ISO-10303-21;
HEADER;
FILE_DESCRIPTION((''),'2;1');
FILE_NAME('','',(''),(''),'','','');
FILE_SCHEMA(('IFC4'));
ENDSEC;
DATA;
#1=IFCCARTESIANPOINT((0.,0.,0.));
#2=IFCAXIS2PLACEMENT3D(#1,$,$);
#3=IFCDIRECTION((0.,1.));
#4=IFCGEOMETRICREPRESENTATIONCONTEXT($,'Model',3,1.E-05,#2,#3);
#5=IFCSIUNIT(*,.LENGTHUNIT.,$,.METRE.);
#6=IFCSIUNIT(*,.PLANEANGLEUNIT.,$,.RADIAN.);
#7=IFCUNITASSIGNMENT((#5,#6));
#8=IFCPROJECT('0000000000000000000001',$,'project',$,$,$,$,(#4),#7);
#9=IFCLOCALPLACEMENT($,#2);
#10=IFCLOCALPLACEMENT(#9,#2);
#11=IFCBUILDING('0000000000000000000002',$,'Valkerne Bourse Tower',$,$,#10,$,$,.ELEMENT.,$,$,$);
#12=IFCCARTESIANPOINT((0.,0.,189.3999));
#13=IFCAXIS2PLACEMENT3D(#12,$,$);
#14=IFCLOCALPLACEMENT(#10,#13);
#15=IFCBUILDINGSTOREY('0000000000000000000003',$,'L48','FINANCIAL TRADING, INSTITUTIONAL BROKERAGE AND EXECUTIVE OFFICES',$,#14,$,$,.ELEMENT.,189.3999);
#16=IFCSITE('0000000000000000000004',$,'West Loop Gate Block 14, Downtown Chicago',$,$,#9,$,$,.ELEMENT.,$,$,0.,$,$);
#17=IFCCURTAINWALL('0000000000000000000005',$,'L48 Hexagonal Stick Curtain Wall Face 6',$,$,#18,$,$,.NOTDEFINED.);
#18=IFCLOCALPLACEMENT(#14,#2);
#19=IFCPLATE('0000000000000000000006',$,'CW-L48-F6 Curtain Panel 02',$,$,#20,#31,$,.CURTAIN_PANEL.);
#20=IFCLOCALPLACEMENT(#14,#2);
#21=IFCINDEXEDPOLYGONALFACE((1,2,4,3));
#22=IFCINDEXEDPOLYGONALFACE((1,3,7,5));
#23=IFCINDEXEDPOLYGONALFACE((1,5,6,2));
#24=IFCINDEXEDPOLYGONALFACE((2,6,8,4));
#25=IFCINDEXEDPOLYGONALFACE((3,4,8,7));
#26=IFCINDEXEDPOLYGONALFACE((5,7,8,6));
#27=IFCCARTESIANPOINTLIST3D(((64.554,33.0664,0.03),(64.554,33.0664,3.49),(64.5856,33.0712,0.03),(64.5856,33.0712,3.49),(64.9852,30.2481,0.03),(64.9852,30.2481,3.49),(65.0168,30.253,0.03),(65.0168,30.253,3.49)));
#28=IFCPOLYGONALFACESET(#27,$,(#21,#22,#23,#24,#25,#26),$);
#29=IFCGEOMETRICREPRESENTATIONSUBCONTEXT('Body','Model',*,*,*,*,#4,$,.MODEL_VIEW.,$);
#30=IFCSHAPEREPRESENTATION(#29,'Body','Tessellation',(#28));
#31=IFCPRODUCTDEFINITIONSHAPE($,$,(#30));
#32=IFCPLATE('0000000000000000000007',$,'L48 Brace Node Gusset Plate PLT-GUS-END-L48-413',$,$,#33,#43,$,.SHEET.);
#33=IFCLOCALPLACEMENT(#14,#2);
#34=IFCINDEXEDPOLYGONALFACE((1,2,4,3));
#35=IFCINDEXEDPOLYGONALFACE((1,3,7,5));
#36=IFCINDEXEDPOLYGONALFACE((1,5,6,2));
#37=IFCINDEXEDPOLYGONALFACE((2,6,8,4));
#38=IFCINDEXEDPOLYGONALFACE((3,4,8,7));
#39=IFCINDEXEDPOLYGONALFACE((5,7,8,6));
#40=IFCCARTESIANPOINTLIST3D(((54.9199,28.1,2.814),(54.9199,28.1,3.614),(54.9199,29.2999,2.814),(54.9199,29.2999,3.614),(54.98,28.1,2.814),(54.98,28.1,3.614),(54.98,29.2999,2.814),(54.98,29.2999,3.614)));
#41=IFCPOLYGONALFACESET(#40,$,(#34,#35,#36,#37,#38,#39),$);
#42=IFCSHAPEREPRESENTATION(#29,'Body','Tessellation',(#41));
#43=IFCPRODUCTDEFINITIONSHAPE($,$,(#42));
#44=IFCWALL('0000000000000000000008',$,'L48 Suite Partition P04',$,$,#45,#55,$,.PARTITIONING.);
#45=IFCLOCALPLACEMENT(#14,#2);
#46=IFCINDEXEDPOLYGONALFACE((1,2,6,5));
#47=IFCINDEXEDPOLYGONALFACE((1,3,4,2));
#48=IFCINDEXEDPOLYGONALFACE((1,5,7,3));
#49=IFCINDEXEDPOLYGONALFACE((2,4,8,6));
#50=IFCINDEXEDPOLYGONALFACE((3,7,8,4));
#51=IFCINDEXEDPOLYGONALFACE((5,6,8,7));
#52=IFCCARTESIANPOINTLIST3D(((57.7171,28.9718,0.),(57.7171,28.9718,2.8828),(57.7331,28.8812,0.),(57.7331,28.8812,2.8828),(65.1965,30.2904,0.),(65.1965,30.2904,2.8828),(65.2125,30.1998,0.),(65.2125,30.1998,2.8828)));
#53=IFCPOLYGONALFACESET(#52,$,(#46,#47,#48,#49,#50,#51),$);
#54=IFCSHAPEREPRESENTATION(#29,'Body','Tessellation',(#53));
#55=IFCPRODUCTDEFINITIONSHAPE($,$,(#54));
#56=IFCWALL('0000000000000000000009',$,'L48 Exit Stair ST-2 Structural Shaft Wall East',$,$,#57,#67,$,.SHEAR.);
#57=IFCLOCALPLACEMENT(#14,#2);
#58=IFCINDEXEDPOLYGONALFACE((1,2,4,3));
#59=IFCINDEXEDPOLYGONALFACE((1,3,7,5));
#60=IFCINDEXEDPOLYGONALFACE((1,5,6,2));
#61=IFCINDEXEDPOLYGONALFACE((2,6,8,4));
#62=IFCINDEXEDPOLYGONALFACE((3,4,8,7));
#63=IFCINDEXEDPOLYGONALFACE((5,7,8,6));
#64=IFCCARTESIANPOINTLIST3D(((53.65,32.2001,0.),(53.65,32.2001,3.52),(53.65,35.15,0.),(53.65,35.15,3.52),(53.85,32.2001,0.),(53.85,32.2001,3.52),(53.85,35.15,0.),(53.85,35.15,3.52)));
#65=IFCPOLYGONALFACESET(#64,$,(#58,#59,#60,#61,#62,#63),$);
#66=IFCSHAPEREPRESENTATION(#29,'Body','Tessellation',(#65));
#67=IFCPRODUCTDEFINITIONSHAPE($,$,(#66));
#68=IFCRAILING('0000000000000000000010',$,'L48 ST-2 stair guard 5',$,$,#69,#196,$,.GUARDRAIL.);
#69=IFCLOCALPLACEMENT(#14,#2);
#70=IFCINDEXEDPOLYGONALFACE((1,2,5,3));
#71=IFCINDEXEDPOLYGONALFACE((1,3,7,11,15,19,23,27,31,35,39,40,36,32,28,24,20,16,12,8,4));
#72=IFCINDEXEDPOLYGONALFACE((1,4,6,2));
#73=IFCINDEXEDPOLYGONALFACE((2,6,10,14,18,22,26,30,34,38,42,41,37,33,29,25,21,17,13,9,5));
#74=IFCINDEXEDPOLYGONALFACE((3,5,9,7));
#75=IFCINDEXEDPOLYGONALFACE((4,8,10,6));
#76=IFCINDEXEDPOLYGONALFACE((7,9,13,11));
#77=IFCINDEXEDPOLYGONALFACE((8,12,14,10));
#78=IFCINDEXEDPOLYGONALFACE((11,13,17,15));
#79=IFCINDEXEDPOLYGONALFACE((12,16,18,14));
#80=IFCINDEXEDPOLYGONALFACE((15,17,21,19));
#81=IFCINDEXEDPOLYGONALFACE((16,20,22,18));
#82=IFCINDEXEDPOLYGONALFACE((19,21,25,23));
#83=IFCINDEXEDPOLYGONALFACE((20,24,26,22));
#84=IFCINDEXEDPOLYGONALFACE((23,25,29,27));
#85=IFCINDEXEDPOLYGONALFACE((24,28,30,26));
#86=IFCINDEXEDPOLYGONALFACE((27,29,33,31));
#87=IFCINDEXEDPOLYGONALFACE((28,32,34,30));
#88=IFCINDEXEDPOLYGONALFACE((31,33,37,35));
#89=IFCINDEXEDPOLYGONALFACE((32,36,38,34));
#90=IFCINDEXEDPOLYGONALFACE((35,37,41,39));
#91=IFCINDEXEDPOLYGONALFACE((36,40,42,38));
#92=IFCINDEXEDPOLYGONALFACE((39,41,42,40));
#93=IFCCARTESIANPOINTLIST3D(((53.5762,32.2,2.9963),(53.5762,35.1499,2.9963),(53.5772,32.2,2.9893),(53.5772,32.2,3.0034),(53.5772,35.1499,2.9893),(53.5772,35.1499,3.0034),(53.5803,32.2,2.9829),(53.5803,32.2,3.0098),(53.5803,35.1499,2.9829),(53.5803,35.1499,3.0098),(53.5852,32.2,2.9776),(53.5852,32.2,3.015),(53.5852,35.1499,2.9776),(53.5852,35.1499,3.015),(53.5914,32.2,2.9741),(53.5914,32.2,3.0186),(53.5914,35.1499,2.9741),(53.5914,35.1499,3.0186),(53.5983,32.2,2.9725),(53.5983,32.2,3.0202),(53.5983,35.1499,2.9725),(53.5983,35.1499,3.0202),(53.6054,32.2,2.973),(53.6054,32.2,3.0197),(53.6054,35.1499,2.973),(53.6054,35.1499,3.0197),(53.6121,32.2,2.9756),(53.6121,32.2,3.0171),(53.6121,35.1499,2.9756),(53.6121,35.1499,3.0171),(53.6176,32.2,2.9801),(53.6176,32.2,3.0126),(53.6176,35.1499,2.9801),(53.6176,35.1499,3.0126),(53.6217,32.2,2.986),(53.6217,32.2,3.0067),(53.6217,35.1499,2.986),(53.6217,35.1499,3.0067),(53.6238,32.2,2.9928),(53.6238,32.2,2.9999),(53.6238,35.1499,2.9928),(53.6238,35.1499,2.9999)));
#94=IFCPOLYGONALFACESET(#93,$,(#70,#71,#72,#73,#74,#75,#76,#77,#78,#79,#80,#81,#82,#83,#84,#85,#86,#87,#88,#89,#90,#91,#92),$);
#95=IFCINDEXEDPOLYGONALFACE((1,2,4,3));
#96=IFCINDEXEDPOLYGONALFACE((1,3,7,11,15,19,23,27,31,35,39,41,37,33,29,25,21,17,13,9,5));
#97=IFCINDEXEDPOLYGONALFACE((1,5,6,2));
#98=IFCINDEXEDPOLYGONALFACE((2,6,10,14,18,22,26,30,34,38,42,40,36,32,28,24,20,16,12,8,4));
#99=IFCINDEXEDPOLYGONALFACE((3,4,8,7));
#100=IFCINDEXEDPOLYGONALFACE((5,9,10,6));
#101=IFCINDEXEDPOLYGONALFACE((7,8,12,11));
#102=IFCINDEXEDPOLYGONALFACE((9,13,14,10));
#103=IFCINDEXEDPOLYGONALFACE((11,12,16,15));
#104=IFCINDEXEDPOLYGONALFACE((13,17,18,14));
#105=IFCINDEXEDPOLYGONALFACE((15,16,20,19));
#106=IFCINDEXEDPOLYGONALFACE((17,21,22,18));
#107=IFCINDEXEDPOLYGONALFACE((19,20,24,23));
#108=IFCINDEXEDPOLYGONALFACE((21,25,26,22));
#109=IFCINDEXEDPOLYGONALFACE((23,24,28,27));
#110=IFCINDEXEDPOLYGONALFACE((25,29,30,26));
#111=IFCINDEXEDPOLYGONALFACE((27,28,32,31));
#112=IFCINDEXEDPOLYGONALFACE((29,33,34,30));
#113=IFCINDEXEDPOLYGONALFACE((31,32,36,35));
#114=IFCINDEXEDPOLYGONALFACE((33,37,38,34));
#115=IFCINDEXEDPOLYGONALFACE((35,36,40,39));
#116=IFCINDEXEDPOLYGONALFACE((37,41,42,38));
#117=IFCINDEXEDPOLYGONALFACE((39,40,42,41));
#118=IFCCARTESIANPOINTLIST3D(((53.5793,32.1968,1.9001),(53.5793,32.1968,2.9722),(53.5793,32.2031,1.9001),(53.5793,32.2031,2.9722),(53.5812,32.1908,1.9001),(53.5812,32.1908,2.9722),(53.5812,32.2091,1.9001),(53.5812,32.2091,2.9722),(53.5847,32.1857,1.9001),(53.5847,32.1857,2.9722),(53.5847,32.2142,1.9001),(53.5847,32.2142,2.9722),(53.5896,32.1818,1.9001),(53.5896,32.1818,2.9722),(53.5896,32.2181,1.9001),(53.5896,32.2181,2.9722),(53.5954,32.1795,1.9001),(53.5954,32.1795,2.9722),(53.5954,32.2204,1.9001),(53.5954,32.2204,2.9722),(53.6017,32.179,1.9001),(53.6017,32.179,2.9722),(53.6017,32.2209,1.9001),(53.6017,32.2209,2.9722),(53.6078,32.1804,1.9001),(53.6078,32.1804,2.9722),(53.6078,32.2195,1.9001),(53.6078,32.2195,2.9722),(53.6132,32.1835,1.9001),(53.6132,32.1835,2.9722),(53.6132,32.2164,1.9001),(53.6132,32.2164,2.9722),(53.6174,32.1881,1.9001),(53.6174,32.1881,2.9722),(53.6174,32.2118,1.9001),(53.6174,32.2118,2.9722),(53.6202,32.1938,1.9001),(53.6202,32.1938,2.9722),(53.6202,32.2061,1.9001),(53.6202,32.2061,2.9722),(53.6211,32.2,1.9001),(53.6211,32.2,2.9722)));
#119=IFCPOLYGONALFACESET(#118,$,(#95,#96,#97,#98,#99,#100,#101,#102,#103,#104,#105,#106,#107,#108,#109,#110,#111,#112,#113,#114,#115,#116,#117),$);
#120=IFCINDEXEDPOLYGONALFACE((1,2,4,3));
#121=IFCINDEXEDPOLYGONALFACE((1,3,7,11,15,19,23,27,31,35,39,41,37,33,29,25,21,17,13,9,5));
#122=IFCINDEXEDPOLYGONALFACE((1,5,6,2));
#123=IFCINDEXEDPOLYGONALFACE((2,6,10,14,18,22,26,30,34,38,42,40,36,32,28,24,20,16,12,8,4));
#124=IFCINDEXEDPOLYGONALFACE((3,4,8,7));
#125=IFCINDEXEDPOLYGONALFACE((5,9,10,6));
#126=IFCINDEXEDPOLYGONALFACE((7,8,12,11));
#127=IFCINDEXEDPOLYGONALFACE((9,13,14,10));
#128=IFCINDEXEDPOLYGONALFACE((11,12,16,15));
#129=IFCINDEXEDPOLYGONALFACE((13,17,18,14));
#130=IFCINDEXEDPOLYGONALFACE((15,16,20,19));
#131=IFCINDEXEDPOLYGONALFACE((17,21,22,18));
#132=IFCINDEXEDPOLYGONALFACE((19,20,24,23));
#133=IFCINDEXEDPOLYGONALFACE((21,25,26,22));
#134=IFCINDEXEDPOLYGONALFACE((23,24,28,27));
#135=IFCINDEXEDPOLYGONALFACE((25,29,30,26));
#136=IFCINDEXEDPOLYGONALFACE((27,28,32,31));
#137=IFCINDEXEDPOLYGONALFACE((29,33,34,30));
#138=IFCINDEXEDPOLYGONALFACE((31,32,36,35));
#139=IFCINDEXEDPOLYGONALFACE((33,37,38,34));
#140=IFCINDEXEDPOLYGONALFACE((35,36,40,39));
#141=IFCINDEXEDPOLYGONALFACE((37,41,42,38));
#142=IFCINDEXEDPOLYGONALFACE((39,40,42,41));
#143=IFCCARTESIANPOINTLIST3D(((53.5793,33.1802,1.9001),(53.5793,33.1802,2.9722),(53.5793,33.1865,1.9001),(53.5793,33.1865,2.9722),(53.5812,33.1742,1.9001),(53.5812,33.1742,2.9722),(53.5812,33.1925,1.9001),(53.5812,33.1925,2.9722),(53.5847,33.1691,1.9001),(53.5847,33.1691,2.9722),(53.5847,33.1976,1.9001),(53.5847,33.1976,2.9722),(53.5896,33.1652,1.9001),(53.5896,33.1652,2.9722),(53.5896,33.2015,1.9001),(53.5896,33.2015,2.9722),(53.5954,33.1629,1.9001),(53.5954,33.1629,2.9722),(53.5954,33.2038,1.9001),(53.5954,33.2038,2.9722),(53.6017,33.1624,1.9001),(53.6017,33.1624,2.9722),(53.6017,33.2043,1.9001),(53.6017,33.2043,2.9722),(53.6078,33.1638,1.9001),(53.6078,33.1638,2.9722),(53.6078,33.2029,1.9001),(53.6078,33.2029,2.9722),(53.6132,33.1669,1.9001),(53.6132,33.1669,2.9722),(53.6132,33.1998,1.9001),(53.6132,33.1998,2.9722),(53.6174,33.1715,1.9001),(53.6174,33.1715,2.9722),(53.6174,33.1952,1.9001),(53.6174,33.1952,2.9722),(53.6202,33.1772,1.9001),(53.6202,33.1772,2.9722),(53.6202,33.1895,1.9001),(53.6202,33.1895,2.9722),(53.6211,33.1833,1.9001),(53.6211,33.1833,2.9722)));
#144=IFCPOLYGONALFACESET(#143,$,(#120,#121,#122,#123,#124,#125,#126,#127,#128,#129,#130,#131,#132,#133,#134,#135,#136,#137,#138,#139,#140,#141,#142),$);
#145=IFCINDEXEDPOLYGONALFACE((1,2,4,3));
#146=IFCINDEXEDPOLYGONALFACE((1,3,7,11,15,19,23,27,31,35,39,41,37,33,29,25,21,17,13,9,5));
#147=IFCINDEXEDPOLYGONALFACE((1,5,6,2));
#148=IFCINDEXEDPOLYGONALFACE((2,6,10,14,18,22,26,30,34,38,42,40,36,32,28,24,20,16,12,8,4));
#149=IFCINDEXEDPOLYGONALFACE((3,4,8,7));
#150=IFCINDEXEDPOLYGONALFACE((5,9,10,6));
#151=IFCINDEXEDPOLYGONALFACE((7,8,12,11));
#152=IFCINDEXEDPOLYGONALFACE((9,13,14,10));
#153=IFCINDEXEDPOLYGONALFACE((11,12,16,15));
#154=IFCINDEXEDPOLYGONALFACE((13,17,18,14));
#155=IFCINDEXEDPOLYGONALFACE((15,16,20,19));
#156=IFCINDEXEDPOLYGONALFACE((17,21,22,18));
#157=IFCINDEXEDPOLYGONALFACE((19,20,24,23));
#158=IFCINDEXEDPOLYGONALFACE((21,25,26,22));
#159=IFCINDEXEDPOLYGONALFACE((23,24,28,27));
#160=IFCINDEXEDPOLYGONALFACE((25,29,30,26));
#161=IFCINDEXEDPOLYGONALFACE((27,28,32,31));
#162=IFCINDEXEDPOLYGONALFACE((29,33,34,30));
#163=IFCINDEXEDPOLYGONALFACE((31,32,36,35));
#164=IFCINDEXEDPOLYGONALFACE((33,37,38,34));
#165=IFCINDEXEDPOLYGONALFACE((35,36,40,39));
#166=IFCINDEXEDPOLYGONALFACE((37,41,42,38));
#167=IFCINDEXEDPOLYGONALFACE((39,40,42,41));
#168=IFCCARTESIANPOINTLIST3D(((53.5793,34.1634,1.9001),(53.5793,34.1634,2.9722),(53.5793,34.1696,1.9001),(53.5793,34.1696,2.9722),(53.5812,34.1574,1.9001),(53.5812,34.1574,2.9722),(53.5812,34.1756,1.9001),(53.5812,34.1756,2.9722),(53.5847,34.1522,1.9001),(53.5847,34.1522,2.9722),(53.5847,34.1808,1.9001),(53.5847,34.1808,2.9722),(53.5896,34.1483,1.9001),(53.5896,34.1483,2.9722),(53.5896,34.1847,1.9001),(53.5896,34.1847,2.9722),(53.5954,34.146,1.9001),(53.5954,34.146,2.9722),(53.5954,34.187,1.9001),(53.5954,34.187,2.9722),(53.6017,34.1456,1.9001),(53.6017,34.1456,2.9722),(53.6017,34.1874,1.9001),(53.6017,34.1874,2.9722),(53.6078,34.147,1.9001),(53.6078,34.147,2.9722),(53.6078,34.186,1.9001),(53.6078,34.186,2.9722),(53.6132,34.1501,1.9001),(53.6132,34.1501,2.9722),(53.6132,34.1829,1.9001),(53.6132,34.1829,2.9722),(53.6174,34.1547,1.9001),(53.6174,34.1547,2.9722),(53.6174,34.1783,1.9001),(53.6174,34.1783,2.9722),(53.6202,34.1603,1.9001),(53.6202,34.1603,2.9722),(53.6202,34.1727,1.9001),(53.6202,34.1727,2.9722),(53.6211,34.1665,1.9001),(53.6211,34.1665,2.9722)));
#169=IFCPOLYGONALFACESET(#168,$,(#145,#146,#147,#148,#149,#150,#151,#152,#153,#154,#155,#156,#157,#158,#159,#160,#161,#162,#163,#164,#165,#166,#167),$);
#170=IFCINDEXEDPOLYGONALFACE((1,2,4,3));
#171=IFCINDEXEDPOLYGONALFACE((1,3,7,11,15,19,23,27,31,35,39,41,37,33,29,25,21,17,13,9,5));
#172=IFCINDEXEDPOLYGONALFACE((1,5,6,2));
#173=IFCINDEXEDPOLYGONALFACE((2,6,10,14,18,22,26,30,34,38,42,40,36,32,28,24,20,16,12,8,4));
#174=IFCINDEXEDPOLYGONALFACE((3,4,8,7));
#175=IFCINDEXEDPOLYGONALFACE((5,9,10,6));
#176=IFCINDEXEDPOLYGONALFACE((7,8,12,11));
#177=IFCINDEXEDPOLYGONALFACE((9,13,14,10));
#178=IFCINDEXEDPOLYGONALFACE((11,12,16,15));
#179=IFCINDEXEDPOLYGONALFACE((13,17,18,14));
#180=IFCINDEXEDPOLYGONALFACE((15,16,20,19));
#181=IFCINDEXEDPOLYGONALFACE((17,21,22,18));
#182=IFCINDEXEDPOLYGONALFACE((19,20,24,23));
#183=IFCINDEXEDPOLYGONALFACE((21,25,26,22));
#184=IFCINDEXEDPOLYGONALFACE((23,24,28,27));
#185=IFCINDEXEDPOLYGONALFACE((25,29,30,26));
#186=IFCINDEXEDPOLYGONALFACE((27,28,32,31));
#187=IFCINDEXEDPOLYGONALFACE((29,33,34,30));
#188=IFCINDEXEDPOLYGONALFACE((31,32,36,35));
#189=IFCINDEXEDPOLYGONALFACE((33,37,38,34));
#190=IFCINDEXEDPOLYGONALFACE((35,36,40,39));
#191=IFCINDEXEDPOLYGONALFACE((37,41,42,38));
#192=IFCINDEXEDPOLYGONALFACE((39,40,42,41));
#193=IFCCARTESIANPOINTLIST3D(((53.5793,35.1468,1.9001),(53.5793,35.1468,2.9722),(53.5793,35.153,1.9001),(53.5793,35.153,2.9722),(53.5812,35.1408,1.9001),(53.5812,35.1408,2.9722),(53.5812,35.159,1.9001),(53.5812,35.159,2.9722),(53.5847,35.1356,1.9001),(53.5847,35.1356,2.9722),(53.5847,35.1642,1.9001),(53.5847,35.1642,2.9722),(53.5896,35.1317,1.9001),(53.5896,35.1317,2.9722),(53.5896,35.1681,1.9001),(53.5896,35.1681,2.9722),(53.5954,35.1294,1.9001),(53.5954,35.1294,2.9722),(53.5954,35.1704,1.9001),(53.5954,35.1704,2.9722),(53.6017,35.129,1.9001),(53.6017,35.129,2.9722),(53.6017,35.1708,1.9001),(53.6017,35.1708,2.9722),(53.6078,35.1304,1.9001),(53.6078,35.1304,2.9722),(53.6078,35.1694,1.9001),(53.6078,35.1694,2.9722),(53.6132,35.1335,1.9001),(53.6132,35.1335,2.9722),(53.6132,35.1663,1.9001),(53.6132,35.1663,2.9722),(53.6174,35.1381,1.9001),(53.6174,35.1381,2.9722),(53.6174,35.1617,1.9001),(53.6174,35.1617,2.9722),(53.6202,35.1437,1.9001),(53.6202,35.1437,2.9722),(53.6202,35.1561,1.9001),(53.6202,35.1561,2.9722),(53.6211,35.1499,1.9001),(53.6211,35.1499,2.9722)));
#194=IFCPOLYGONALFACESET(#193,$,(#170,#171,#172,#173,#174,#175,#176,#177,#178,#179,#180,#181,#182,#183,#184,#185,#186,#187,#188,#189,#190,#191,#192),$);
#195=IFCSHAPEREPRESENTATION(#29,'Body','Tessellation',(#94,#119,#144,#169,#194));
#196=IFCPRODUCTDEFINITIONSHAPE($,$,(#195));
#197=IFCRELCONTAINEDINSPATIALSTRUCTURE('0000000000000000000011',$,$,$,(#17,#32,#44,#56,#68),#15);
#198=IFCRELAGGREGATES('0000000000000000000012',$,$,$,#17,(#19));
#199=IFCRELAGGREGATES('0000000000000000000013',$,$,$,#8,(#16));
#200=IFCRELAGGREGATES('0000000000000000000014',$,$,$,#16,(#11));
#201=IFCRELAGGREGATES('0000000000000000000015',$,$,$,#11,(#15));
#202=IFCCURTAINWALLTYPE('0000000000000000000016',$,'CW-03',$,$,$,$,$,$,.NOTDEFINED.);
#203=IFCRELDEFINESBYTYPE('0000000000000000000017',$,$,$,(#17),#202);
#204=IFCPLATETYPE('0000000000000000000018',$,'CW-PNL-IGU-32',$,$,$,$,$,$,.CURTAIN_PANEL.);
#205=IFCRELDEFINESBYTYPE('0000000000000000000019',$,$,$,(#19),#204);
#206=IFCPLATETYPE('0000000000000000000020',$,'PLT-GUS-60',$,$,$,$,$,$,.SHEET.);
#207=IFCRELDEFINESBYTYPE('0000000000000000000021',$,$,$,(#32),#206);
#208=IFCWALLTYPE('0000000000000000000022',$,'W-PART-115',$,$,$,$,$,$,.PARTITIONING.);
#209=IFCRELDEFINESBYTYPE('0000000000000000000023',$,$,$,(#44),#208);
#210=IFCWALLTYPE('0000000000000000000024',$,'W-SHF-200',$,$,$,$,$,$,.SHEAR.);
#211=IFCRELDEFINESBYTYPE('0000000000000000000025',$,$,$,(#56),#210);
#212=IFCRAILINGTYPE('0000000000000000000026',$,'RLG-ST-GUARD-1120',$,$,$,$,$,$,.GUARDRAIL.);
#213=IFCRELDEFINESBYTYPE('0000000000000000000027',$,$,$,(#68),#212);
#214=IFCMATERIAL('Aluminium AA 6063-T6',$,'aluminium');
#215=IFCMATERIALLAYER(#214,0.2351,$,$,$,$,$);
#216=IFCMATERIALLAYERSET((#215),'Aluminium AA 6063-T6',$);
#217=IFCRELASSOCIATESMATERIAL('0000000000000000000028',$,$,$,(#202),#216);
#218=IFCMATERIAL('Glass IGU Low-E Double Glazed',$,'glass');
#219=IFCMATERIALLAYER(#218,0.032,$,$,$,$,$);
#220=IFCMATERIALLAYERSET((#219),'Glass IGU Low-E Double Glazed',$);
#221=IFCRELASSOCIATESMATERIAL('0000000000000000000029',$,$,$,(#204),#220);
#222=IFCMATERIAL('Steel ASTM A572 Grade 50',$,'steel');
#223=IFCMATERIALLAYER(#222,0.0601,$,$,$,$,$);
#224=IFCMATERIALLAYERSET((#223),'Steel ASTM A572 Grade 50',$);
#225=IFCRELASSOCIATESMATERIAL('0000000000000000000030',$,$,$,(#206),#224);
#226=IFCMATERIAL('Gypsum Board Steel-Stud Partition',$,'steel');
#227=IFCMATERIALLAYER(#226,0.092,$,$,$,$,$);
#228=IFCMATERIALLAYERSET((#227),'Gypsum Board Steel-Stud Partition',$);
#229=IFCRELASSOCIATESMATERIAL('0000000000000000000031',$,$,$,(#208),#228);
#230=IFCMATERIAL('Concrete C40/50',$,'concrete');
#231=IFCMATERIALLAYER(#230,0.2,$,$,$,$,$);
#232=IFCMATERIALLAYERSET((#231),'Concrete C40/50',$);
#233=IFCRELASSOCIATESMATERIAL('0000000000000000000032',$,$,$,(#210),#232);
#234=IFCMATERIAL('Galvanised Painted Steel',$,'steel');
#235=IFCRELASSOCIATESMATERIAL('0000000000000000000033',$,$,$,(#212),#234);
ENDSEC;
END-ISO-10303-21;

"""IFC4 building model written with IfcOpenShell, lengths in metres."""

from ifc_helpers import new_model, si_unit, direction, frame, frame_2d, origin, origin_2d, place, context, subcontext, project, spatial, rectangle, circle, extrude, material, layer, layer_set, type_object, element, aggregate, save


model = new_model("IFC4")

# Units and contexts
model_context = context("Model", 3, precision=1e-05, world=origin(), true_north=direction((0.0, 1.0)))
body_context = subcontext(model_context, "Body", "Model", "MODEL_VIEW")
ifc_project = project(units=[si_unit("LENGTHUNIT", "METRE"), si_unit("PLANEANGLEUNIT", "RADIAN")], contexts=[model_context])

# Site, building, storey
site_placement = place(None, origin())
site = spatial("IfcSite", under=ifc_project, at=site_placement, Name="West Loop Gate Block 14, Downtown Chicago", CompositionType="ELEMENT", RefElevation=0.0)
building_placement = place(site_placement, origin())
building = spatial("IfcBuilding", under=site, at=building_placement, Name="Valkerne Bourse Tower", CompositionType="ELEMENT")
storey_placement = place(building_placement, frame((0.0, 0.0, 189.3999)))
storey = spatial("IfcBuildingStorey", under=building, at=storey_placement, Name="L48", Description="FINANCIAL TRADING, INSTITUTIONAL BROKERAGE AND EXECUTIVE OFFICES", CompositionType="ELEMENT", Elevation=189.3999)

# Curtain wall
ifc_material_1 = material(Name="Aluminium AA 6063-T6", Category="aluminium")
ifc_layer_1 = layer(ifc_material_1, 0.2351)
ifc_layer_set_1 = layer_set([ifc_layer_1], Name="Aluminium AA 6063-T6")
curtain_wall_type = type_object("IfcCurtainWallType", Name="CW-03", PredefinedType="NOTDEFINED", material=ifc_layer_set_1)
curtain_wall_placement = place(storey_placement, origin())
curtain_wall = element("IfcCurtainWall", 1, at=curtain_wall_placement, inside=storey, type_object=curtain_wall_type, Name="L48 Hexagonal Stick Curtain Wall Face 6", PredefinedType="NOTDEFINED")

# Plates
ifc_material_2 = material(Name="Glass IGU Low-E Double Glazed", Category="glass")
ifc_layer_2 = layer(ifc_material_2, 0.032)
ifc_layer_set_2 = layer_set([ifc_layer_2], Name="Glass IGU Low-E Double Glazed")
plate_type_1 = type_object("IfcPlateType", Name="CW-PNL-IGU-32", PredefinedType="CURTAIN_PANEL", material=ifc_layer_set_2)
plate_1_placement = place(storey_placement, frame((64.7854, 31.6597, 0.03), z_axis=(0.0, 0.0, 1.0), x_axis=(-0.15126, 0.988494, 0.0)))
plate_1 = element("IfcPlate", 2, at=plate_1_placement, type_object=plate_type_1, Name="CW-L48-F6 Curtain Panel 02", PredefinedType="CURTAIN_PANEL", context=body_context, shape_type="SweptSolid", body=[
    extrude(rectangle(XDim=2.8511, YDim=0.032, at=origin_2d()), origin(), (0.0, 0.0, 1.0), 3.46),
])
aggregate(curtain_wall, [plate_1])
ifc_material_3 = material(Name="Steel ASTM A572 Grade 50", Category="steel")
ifc_layer_3 = layer(ifc_material_3, 0.0601)
ifc_layer_set_3 = layer_set([ifc_layer_3], Name="Steel ASTM A572 Grade 50")
plate_type_2 = type_object("IfcPlateType", Name="PLT-GUS-60", PredefinedType="SHEET", material=ifc_layer_set_3)
plate_2_placement = place(storey_placement, frame((54.95, 28.7, 2.814), z_axis=(0.0, 0.0, 1.0), x_axis=(0.0, 1.0, 0.0)))
element("IfcPlate", 3, at=plate_2_placement, inside=storey, type_object=plate_type_2, Name="L48 Brace Node Gusset Plate PLT-GUS-END-L48-413", PredefinedType="SHEET", context=body_context, shape_type="SweptSolid", body=[
    extrude(rectangle(XDim=1.2, YDim=0.0601, at=origin_2d()), origin(), (0.0, 0.0, 1.0), 0.8),
])

# Walls
ifc_material_4 = material(Name="Gypsum Board Steel-Stud Partition", Category="steel")
ifc_layer_4 = layer(ifc_material_4, 0.092)
ifc_layer_set_4 = layer_set([ifc_layer_4], Name="Gypsum Board Steel-Stud Partition")
wall_type_1 = type_object("IfcWallType", Name="W-PART-115", PredefinedType="PARTITIONING", material=ifc_layer_set_4)
wall_1_placement = place(storey_placement, frame((57.7251, 28.9265, 0.0), z_axis=(0.0, 0.0, 1.0), x_axis=(0.984813, 0.173618, 0.0)))
element("IfcWall", 4, at=wall_1_placement, inside=storey, type_object=wall_type_1, Name="L48 Suite Partition P04", PredefinedType="PARTITIONING", context=body_context, shape_type="SweptSolid", body=[
    extrude(rectangle(XDim=7.5947, YDim=0.092, at=frame_2d((3.7974, 0.0))), origin(), (0.0, 0.0, 1.0), 2.8828),
])
ifc_material_5 = material(Name="Concrete C40/50", Category="concrete")
ifc_layer_5 = layer(ifc_material_5, 0.2)
ifc_layer_set_5 = layer_set([ifc_layer_5], Name="Concrete C40/50")
wall_type_2 = type_object("IfcWallType", Name="W-SHF-200", PredefinedType="SHEAR", material=ifc_layer_set_5)
wall_2_placement = place(storey_placement, frame((53.75, 32.2, 0.0), z_axis=(0.0, 0.0, 1.0), x_axis=(0.0, 1.0, 0.0)))
element("IfcWall", 5, at=wall_2_placement, inside=storey, type_object=wall_type_2, Name="L48 Exit Stair ST-2 Structural Shaft Wall East", PredefinedType="SHEAR", context=body_context, shape_type="SweptSolid", body=[
    extrude(rectangle(XDim=2.95, YDim=0.2, at=frame_2d((1.4751, 0.0))), origin(), (0.0, 0.0, 1.0), 3.52),
])

# Railing
ifc_material_6 = material(Name="Galvanised Painted Steel", Category="steel")
railing_type = type_object("IfcRailingType", Name="RLG-ST-GUARD-1120", PredefinedType="GUARDRAIL", material=ifc_material_6)
railing_1_placement = place(storey_placement, frame((53.6001, 32.2, 1.9001)))
element("IfcRailing", 6, at=railing_1_placement, inside=storey, type_object=railing_type, Name="L48 ST-2 stair guard 5", PredefinedType="GUARDRAIL", context=body_context, shape_type="SweptSolid", body=[
    extrude(circle(Radius=0.0239, at=origin_2d()), frame((0.0, 0.0, 1.0962), z_axis=(0.0, 1.0, 0.0), x_axis=(-1.0, 0.0, 0.0)), (0.0, 0.0, 1.0), 2.95),
    extrude(circle(Radius=0.021, at=origin_2d()), origin(), (0.0, 0.0, 1.0), 1.072),
    extrude(circle(Radius=0.021, at=origin_2d()), frame((0.0, 0.9834, 0.0)), (0.0, 0.0, 1.0), 1.072),
    extrude(circle(Radius=0.021, at=origin_2d()), frame((0.0, 1.9666, 0.0)), (0.0, 0.0, 1.0), 1.072),
    extrude(circle(Radius=0.021, at=origin_2d()), frame((0.0, 2.95, 0.0)), (0.0, 0.0, 1.0), 1.072),
])

save(model, "model.ifc")
